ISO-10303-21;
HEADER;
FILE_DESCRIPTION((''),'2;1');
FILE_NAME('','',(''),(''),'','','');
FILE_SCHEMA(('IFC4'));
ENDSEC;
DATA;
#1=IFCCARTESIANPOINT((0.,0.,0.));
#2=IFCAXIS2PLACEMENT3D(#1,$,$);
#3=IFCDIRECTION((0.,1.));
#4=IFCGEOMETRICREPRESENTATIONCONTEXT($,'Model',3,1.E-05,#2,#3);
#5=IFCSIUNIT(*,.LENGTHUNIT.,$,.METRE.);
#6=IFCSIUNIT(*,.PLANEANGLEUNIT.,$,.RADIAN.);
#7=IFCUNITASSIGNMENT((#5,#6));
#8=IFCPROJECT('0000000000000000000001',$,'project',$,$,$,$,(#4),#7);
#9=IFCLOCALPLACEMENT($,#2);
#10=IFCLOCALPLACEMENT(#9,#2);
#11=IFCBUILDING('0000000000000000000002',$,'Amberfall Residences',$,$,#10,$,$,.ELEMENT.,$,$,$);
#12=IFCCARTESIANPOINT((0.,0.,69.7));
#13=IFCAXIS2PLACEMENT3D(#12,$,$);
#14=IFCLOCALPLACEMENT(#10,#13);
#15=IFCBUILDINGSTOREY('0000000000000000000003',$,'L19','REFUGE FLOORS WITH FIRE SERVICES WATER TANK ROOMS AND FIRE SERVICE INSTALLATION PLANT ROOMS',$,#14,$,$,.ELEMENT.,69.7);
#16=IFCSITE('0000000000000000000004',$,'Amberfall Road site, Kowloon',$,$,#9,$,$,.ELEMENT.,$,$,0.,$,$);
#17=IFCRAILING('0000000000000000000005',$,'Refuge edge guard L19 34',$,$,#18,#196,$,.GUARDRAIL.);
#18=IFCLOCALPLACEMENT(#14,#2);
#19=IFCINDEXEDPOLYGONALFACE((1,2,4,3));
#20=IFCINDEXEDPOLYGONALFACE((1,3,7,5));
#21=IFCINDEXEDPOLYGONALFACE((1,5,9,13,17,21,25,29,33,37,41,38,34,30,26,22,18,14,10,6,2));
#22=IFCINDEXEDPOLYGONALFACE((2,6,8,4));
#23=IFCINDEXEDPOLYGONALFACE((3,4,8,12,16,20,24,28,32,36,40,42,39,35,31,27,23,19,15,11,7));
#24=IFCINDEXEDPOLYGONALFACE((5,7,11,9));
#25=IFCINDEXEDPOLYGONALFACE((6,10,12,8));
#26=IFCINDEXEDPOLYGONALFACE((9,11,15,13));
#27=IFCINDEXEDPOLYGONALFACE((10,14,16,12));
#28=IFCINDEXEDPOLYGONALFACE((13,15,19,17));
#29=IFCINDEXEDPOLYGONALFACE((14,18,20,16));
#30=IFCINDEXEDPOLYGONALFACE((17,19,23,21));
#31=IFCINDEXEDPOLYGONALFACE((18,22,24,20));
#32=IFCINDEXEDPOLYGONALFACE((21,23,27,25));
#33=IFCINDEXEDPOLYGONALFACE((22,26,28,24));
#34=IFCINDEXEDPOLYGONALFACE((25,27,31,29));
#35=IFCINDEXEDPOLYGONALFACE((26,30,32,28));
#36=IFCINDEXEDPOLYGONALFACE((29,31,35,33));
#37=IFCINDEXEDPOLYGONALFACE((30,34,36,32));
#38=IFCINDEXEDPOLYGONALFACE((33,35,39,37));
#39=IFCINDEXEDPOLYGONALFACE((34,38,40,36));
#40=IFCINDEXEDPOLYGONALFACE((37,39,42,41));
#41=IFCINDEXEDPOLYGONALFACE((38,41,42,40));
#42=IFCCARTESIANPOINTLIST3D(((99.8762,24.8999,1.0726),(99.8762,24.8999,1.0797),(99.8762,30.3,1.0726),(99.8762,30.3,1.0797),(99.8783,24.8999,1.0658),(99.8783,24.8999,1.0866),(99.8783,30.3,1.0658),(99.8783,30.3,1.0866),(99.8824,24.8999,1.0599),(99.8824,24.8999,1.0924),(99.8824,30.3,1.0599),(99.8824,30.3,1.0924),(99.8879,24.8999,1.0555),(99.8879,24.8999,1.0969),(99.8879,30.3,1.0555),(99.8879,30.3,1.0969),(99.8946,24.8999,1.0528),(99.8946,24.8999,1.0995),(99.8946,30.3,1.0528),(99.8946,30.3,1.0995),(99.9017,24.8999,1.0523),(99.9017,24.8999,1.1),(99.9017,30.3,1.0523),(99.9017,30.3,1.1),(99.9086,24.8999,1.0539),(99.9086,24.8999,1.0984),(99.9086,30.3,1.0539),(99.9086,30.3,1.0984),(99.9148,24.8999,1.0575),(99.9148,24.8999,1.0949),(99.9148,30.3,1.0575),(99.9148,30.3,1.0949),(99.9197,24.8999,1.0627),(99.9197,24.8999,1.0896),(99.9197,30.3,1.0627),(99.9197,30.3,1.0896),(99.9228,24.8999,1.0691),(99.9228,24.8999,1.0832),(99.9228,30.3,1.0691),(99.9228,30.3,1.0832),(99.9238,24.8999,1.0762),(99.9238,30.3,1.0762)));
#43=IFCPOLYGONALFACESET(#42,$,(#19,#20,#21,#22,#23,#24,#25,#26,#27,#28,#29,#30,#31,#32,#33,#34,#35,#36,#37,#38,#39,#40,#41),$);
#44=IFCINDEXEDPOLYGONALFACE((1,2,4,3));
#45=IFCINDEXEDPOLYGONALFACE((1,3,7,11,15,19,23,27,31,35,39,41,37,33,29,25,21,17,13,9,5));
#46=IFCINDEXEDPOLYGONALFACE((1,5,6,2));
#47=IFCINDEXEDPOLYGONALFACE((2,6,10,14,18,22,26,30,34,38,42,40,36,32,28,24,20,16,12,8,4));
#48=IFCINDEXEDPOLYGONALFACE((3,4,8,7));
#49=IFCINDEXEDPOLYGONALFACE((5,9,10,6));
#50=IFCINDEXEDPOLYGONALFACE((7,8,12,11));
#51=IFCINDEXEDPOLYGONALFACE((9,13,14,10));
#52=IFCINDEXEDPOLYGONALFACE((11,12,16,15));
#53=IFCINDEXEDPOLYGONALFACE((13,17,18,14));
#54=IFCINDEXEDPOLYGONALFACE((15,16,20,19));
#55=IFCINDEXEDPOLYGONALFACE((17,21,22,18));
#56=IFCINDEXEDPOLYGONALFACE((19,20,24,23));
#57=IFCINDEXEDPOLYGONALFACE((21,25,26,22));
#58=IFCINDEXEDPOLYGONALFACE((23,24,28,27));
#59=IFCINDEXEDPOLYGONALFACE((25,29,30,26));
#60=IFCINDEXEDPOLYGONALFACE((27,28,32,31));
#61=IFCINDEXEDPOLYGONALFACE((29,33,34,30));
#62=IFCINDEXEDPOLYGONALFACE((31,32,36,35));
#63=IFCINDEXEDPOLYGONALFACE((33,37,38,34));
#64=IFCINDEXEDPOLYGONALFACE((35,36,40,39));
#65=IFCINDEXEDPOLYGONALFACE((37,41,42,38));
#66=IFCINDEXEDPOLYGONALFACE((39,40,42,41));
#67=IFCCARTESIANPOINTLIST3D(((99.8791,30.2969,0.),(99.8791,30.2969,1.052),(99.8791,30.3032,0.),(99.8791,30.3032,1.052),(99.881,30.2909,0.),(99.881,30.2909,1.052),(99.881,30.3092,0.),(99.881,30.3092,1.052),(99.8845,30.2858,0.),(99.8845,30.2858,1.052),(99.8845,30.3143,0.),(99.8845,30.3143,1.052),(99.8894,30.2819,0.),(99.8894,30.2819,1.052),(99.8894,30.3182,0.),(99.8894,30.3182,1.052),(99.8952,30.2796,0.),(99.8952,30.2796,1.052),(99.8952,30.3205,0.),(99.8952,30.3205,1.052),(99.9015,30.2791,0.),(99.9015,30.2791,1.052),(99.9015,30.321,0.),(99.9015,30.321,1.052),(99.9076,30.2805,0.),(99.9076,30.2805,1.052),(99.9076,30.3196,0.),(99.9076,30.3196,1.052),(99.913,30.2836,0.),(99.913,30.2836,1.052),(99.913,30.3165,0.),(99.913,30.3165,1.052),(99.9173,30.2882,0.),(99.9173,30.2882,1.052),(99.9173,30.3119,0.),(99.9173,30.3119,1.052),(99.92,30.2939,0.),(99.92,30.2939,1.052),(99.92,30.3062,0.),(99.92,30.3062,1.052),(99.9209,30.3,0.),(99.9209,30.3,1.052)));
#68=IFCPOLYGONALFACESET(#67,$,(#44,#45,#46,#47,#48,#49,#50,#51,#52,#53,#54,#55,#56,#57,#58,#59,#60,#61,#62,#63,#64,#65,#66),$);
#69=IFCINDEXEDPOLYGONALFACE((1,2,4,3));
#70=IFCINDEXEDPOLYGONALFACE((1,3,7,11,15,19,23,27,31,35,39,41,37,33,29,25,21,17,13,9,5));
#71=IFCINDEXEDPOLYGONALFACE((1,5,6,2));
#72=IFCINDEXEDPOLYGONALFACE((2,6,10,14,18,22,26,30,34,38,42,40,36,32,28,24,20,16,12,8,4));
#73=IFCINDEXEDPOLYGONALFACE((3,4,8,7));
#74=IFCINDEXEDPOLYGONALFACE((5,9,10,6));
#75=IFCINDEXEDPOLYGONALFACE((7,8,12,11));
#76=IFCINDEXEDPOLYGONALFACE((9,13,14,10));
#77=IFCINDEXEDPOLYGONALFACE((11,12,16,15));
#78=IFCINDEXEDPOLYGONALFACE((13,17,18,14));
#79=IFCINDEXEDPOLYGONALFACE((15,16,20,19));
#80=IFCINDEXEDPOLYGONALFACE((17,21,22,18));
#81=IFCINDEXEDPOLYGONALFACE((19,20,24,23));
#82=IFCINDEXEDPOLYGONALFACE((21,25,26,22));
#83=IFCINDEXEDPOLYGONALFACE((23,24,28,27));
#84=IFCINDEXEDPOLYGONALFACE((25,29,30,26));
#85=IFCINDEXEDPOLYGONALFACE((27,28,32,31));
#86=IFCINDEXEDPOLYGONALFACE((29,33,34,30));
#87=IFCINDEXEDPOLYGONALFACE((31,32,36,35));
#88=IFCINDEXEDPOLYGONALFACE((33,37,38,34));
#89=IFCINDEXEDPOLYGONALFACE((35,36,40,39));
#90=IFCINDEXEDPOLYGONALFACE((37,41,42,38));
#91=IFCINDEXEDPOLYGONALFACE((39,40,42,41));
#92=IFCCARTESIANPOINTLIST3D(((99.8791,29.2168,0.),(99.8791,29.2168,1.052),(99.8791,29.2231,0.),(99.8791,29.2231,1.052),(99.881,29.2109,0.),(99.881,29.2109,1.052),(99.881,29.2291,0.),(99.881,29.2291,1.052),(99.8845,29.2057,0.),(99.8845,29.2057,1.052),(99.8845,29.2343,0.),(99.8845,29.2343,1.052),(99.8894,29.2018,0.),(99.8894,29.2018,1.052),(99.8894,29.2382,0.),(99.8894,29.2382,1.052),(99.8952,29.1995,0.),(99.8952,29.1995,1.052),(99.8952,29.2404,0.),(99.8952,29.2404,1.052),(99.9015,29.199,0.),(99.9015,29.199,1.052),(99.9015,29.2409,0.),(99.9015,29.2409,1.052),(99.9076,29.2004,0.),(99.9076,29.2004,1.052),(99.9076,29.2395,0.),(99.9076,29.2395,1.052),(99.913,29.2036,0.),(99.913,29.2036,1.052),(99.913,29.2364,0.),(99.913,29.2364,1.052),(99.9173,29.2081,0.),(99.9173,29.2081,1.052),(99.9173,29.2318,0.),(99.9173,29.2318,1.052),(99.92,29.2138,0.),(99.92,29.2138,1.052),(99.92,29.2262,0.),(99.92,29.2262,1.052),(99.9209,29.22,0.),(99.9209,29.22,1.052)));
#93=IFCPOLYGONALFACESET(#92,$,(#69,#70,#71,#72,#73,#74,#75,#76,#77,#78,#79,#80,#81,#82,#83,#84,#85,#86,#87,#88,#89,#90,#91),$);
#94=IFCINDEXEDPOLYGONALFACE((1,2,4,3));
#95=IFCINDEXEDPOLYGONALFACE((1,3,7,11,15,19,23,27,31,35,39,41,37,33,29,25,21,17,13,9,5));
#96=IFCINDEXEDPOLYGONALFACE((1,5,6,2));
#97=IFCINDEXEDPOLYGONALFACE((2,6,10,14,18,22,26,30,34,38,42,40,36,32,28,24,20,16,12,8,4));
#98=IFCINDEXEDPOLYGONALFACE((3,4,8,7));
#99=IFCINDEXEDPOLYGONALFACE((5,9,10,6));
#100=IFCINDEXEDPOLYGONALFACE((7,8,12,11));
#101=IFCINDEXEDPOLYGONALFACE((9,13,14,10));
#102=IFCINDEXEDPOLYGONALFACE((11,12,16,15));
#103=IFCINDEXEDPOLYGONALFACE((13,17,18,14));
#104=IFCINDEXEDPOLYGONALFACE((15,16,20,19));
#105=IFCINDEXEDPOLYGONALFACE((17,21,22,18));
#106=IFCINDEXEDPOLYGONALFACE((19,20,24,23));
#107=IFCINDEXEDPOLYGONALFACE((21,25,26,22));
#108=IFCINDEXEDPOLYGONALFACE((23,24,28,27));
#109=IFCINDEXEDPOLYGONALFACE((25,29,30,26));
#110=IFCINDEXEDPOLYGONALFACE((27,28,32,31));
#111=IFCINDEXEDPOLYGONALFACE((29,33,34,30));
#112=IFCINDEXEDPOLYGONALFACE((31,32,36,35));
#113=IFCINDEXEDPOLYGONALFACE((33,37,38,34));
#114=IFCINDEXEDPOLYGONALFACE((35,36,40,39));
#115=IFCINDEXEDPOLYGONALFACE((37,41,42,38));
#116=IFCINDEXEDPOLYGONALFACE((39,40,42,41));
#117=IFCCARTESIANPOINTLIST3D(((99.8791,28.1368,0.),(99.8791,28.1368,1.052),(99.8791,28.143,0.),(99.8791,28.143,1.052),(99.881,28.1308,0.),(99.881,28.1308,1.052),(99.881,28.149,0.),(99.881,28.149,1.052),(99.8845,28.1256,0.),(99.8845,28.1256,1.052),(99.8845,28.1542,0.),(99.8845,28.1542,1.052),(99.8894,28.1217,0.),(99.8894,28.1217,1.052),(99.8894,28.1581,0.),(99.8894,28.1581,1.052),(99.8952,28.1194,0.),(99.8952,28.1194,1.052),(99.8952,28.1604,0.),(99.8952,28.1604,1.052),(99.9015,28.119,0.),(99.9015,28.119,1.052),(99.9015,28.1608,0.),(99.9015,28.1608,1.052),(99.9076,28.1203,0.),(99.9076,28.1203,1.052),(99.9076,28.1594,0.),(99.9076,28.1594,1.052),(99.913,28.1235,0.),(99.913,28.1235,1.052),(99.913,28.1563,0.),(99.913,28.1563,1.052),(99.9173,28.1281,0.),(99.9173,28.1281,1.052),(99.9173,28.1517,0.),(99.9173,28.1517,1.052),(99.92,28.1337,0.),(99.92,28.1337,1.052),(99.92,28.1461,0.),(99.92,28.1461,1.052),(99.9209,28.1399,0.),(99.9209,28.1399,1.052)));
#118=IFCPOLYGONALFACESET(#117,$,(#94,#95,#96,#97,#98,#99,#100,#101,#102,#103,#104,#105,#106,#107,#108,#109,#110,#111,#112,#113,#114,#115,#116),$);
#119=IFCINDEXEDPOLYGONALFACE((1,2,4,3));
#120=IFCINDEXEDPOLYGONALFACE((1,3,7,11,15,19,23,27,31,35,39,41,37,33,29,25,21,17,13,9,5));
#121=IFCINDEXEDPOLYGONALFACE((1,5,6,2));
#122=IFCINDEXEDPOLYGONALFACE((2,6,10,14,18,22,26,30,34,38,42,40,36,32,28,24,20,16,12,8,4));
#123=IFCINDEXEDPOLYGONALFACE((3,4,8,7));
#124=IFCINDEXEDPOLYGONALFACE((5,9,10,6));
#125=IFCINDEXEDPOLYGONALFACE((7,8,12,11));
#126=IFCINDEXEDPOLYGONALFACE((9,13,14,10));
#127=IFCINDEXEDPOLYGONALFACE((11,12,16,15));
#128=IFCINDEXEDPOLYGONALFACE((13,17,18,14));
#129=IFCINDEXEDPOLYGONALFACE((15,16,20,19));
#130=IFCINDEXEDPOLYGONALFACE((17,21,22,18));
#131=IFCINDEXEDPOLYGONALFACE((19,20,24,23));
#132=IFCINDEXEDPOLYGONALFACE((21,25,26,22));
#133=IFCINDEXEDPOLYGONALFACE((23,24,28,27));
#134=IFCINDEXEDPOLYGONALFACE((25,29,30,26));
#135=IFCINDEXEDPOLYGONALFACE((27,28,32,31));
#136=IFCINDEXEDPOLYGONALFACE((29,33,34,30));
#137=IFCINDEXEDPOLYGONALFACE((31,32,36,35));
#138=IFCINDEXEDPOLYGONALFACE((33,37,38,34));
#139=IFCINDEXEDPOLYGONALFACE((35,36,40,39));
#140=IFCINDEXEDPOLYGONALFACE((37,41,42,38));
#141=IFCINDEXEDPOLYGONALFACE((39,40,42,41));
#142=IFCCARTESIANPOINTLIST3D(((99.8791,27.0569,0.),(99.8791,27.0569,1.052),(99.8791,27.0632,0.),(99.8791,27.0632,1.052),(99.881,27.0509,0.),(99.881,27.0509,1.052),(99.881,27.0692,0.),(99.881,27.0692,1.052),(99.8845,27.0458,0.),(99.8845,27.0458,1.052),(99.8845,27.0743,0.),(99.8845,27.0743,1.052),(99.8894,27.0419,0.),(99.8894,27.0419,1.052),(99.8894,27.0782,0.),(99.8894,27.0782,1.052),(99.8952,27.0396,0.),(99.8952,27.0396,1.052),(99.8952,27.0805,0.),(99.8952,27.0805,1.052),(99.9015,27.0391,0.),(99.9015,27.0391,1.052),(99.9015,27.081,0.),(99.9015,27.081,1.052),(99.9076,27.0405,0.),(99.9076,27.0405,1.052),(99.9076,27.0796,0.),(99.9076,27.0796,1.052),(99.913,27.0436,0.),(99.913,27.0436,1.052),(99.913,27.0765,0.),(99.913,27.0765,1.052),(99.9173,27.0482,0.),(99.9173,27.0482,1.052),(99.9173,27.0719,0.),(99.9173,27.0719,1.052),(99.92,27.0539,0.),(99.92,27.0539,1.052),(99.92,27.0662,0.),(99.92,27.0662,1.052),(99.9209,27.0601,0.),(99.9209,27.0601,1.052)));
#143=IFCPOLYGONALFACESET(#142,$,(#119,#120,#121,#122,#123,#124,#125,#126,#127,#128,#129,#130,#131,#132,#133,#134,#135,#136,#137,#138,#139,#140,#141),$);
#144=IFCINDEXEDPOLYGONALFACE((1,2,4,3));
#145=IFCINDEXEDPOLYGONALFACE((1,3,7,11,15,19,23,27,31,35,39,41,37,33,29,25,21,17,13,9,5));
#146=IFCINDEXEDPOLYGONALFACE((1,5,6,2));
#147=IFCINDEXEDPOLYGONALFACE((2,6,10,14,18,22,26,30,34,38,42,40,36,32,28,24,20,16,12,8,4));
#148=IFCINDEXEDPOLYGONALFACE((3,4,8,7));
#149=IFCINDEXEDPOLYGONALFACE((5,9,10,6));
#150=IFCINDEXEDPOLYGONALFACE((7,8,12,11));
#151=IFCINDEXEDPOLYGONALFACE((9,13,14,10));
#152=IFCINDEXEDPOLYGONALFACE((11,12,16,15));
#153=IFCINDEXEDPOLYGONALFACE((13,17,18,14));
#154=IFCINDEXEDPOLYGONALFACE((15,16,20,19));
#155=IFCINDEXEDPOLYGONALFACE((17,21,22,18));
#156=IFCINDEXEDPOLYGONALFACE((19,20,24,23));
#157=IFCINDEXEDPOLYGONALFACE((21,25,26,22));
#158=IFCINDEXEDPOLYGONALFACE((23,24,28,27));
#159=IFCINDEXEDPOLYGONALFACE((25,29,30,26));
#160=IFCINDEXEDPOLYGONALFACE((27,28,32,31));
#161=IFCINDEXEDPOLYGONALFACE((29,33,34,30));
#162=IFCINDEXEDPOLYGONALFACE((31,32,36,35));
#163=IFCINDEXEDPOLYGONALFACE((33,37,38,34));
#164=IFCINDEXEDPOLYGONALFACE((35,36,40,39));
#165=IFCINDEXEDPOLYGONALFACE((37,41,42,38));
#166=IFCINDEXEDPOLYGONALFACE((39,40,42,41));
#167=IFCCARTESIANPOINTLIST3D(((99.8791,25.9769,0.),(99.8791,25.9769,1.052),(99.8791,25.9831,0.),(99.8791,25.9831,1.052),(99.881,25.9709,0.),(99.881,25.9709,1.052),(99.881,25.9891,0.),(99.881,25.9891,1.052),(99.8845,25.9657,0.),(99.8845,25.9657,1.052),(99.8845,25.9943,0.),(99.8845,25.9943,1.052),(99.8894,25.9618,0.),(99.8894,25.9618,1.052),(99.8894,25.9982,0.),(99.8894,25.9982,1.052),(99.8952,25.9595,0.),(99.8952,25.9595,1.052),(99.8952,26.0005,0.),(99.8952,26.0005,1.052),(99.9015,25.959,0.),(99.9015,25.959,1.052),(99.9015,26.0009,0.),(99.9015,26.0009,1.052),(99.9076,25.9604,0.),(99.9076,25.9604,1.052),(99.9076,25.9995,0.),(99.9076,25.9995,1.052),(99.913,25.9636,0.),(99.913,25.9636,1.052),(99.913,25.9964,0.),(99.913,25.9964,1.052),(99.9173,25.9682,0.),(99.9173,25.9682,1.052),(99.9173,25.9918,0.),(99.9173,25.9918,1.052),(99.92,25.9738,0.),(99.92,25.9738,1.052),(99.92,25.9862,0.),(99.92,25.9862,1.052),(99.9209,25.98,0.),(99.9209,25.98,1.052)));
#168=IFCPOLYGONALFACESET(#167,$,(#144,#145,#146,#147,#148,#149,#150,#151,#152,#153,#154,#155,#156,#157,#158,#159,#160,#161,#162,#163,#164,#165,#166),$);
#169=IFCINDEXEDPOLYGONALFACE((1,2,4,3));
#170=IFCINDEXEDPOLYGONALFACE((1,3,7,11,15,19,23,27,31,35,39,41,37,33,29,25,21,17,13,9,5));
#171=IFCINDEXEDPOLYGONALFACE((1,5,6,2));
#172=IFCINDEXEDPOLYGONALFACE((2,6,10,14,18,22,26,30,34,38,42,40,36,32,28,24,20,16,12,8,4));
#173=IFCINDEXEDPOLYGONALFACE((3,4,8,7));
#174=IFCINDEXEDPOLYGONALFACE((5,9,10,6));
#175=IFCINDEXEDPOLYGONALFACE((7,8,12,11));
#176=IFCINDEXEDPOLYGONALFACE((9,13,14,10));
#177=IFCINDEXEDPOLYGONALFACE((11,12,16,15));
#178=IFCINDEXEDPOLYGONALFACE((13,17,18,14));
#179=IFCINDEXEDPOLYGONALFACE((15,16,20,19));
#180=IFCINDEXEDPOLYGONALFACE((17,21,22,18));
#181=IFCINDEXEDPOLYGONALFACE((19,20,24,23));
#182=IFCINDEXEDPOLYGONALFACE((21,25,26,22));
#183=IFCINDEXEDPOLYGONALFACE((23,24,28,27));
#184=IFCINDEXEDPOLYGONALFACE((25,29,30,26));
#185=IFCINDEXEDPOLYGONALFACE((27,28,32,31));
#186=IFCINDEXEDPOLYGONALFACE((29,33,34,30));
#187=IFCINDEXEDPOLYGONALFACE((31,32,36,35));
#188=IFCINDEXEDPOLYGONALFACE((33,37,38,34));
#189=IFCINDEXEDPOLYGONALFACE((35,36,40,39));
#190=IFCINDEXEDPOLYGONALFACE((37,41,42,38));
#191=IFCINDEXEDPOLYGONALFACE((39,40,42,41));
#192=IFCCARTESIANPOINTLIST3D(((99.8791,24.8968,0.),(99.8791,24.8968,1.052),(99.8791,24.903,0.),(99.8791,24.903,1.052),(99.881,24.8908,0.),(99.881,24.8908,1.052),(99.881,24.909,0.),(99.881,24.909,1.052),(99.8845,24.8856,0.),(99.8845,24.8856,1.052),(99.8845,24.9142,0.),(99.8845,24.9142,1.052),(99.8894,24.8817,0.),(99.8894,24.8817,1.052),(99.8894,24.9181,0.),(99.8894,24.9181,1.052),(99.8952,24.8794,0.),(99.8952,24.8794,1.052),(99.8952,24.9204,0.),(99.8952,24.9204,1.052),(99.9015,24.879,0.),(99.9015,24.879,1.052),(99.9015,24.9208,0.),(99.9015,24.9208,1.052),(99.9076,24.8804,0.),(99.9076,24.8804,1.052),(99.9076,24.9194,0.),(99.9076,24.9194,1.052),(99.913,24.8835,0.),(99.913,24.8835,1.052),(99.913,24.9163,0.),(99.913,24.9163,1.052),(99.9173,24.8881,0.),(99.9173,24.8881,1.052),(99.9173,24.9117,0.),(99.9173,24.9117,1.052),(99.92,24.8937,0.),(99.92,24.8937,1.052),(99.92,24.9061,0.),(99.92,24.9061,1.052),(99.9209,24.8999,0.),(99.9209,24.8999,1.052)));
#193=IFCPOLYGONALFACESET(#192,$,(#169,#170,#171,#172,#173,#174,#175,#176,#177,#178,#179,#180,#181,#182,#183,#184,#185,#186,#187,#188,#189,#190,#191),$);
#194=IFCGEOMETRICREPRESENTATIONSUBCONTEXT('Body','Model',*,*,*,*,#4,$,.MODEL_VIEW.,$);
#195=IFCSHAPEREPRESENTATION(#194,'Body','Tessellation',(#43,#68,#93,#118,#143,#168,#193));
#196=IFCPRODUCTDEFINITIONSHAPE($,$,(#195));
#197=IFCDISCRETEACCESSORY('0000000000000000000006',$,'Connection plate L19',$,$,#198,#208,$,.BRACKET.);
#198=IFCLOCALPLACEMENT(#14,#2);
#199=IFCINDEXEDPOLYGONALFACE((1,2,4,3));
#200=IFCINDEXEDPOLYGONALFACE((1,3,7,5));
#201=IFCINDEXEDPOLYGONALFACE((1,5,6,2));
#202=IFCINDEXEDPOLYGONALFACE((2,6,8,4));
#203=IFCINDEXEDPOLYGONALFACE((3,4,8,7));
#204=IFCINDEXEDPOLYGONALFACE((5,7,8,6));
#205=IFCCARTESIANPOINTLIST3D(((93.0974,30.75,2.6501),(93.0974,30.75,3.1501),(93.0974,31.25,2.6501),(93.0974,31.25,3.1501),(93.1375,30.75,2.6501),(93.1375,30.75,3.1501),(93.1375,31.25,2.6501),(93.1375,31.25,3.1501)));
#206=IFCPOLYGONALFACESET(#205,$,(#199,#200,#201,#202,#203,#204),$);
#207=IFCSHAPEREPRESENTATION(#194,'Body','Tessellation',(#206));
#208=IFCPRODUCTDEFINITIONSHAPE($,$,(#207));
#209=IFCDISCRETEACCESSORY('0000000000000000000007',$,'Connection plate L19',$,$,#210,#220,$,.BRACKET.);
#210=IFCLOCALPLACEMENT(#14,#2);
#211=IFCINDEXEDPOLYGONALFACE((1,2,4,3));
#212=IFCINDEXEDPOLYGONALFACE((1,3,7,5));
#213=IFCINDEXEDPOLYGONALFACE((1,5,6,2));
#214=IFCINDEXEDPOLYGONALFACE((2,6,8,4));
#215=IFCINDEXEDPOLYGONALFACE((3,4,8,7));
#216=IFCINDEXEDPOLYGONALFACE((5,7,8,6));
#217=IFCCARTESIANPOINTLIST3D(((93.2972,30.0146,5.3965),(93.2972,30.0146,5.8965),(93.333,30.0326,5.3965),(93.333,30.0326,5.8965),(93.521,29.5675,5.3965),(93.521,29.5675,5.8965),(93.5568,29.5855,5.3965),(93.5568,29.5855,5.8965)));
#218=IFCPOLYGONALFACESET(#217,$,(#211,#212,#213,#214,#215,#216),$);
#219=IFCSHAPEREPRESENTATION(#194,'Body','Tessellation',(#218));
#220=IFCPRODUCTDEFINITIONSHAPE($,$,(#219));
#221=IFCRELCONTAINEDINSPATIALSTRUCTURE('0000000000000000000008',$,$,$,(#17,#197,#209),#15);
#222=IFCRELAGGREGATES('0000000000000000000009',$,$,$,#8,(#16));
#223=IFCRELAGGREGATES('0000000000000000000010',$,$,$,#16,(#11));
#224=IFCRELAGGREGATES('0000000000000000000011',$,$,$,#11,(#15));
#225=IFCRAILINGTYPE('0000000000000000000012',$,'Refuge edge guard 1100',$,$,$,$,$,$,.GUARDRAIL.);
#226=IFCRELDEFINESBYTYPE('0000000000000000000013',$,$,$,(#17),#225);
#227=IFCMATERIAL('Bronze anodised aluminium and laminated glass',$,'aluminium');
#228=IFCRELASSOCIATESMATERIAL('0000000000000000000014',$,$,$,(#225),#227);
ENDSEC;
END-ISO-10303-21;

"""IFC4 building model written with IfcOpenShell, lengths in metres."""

from ifc_helpers import new_model, si_unit, direction, frame, origin, origin_2d, place, context, subcontext, project, spatial, rectangle, circle, extrude, material, type_object, element, save


model = new_model("IFC4")

# Units and contexts
model_context = context("Model", 3, precision=1e-05, world=origin(), true_north=direction((0.0, 1.0)))
body_context = subcontext(model_context, "Body", "Model", "MODEL_VIEW")
ifc_project = project(units=[si_unit("LENGTHUNIT", "METRE"), si_unit("PLANEANGLEUNIT", "RADIAN")], contexts=[model_context])

# Site, building, storey
site_placement = place(None, origin())
site = spatial("IfcSite", under=ifc_project, at=site_placement, Name="Amberfall Road site, Kowloon", CompositionType="ELEMENT", RefElevation=0.0)
building_placement = place(site_placement, origin())
building = spatial("IfcBuilding", under=site, at=building_placement, Name="Amberfall Residences", CompositionType="ELEMENT")
storey_placement = place(building_placement, frame((0.0, 0.0, 69.7)))
storey = spatial("IfcBuildingStorey", under=building, at=storey_placement, Name="L19", Description="REFUGE FLOORS WITH FIRE SERVICES WATER TANK ROOMS AND FIRE SERVICE INSTALLATION PLANT ROOMS", CompositionType="ELEMENT", Elevation=69.7)

# Railing
ifc_material_1 = material(Name="Bronze anodised aluminium and laminated glass", Category="aluminium")
railing_type = type_object("IfcRailingType", Name="Refuge edge guard 1100", PredefinedType="GUARDRAIL", material=ifc_material_1)
railing_1_placement = place(storey_placement, frame((99.8999, 30.3, 0.0)))
element("IfcRailing", 1, at=railing_1_placement, inside=storey, type_object=railing_type, Name="Refuge edge guard L19 34", PredefinedType="GUARDRAIL", context=body_context, shape_type="SweptSolid", body=[
    extrude(circle(Radius=0.0239, at=origin_2d()), frame((0.0, 0.0, 1.0762), z_axis=(0.0, -1.0, 0.0), x_axis=(1.0, 0.0, 0.0)), (0.0, 0.0, 1.0), 5.4001),
    extrude(circle(Radius=0.021, at=origin_2d()), origin(), (0.0, 0.0, 1.0), 1.052),
    extrude(circle(Radius=0.021, at=origin_2d()), frame((0.0, -1.0801, 0.0)), (0.0, 0.0, 1.0), 1.052),
    extrude(circle(Radius=0.021, at=origin_2d()), frame((0.0, -2.1602, 0.0)), (0.0, 0.0, 1.0), 1.052),
    extrude(circle(Radius=0.021, at=origin_2d()), frame((0.0, -3.24, 0.0)), (0.0, 0.0, 1.0), 1.052),
    extrude(circle(Radius=0.021, at=origin_2d()), frame((0.0, -4.3201, 0.0)), (0.0, 0.0, 1.0), 1.052),
    extrude(circle(Radius=0.021, at=origin_2d()), frame((0.0, -5.4001, 0.0)), (0.0, 0.0, 1.0), 1.052),
])

# Discrete accessories
for number, where, z_axis, x_axis, name in (
    (2, (93.1174, 31.0, 2.6501), (0.0, 0.0, 1.0), (0.0, 1.0, 0.0), "Connection plate L19"),
    (3, (93.427, 29.8, 5.3965), (0.0, 0.0, 1.0), (-0.447759, 0.894154, 0.0), "Connection plate L19"),
):
    element("IfcDiscreteAccessory", number, at=place(storey_placement, frame(where, z_axis=z_axis, x_axis=x_axis)), inside=storey, Name=name, PredefinedType="BRACKET", context=body_context, shape_type="SweptSolid", body=[
        extrude(rectangle(XDim=0.5, YDim=0.04, at=origin_2d()), origin(), (0.0, 0.0, 1.0), 0.5),
    ])

save(model, "model.ifc")
